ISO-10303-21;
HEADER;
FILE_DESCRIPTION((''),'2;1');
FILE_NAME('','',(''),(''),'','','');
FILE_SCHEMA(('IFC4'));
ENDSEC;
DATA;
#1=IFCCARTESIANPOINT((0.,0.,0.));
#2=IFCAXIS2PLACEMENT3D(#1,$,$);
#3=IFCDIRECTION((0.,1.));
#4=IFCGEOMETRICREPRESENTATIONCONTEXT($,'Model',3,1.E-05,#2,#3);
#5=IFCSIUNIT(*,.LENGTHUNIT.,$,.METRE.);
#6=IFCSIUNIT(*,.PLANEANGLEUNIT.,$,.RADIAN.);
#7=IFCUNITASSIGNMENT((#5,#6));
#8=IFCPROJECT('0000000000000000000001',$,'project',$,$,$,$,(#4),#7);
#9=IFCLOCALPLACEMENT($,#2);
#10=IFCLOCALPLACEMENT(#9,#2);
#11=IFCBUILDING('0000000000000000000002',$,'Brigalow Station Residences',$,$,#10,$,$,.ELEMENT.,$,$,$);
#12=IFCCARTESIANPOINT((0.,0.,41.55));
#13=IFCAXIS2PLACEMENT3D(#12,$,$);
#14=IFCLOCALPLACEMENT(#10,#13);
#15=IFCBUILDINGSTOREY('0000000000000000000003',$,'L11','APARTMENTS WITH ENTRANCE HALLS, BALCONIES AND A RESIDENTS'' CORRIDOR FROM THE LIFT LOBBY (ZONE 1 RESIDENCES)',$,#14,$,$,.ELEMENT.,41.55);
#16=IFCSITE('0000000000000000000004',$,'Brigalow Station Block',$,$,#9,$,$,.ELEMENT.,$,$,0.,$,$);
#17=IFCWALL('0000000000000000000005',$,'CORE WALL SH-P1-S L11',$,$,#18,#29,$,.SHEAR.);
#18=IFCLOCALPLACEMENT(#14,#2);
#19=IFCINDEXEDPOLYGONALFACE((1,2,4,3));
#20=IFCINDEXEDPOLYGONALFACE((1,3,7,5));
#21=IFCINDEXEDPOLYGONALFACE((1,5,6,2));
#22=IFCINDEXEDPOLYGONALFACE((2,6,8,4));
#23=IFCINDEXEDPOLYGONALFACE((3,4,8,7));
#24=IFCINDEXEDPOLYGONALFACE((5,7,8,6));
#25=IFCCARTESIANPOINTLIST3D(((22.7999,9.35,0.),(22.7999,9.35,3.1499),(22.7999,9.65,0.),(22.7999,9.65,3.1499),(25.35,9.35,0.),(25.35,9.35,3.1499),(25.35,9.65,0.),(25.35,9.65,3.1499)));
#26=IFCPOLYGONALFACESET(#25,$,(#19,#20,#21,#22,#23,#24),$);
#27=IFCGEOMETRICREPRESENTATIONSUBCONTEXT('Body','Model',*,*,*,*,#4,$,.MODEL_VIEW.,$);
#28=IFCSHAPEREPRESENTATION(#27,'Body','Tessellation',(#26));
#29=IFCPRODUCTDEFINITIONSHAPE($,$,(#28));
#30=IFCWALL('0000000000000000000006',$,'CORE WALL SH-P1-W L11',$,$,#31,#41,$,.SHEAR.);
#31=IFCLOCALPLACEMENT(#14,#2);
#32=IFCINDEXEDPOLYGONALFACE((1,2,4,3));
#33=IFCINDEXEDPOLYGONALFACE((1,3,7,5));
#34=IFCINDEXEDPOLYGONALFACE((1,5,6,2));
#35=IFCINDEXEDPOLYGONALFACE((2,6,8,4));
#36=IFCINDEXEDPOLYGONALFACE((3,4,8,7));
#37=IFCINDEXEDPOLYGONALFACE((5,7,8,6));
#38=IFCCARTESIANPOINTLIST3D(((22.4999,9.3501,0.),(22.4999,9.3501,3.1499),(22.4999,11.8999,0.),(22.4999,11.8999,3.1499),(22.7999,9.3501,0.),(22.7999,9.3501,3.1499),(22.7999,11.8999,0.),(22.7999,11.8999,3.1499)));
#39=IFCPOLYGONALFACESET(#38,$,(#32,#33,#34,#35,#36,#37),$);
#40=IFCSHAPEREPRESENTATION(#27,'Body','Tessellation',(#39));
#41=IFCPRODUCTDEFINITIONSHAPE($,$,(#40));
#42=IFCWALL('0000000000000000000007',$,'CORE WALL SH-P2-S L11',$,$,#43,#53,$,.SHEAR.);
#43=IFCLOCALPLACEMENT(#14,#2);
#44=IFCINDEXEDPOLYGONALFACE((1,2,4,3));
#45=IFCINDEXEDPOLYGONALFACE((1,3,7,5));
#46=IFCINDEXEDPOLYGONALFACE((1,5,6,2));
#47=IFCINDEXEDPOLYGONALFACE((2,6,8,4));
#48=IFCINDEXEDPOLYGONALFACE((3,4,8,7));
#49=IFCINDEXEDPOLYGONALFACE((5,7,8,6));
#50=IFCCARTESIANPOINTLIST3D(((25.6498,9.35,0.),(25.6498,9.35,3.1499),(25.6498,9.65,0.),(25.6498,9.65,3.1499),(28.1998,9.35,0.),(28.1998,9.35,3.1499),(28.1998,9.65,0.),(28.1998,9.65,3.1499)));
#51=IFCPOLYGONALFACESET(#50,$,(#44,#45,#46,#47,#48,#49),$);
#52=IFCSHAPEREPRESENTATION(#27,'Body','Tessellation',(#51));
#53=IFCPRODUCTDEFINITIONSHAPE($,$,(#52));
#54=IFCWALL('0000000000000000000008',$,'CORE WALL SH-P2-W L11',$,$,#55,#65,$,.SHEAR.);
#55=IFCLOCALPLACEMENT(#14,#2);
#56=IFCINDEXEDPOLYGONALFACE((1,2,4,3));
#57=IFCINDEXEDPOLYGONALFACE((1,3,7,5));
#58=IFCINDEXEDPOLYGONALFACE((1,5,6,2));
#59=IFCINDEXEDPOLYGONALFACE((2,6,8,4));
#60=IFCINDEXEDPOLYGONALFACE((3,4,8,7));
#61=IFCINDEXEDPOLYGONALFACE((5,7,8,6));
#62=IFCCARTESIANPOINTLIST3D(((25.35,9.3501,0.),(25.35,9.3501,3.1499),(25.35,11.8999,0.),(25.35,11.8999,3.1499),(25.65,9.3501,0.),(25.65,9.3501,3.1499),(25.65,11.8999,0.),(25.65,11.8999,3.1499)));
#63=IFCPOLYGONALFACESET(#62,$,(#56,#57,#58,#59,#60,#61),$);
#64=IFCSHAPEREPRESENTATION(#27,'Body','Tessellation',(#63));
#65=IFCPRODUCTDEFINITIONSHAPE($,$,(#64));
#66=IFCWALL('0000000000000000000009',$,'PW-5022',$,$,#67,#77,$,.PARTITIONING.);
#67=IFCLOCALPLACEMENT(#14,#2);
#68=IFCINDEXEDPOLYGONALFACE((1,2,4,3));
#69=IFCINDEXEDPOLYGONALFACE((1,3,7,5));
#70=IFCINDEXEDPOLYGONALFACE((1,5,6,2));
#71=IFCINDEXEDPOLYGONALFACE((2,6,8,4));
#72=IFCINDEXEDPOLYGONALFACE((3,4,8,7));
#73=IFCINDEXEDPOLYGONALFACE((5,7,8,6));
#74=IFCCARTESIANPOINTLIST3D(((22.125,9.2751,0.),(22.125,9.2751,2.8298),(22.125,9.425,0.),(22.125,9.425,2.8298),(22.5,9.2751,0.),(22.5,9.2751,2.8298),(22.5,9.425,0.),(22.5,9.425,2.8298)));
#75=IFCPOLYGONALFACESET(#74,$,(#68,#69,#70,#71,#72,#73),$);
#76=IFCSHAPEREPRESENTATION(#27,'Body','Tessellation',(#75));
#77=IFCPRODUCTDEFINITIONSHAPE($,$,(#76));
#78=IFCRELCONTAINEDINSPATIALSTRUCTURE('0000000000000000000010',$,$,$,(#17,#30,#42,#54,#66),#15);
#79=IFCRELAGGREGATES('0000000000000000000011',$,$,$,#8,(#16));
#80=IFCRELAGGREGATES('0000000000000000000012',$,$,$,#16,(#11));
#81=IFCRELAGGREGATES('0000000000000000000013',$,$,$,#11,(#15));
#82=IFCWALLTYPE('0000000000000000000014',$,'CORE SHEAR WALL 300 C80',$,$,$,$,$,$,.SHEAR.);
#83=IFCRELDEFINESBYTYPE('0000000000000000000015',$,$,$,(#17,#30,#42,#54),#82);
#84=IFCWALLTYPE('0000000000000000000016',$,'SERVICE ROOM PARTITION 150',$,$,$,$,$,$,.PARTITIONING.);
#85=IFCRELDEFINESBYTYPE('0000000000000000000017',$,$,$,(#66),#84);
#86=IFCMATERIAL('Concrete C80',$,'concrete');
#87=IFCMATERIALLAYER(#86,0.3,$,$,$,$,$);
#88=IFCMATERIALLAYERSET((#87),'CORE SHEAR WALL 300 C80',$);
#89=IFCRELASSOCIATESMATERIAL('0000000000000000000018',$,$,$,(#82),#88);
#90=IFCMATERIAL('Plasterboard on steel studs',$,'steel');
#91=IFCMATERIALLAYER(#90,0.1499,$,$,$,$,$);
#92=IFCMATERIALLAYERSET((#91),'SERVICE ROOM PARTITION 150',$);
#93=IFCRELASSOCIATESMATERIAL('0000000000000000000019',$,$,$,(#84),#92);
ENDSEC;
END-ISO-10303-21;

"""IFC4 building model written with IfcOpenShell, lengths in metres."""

from ifc_helpers import new_model, si_unit, direction, frame, frame_2d, origin, place, context, subcontext, project, spatial, rectangle, extrude, material, layer, layer_set, type_object, element, save


model = new_model("IFC4")

# Units and contexts
model_context = context("Model", 3, precision=1e-05, world=origin(), true_north=direction((0.0, 1.0)))
body_context = subcontext(model_context, "Body", "Model", "MODEL_VIEW")
ifc_project = project(units=[si_unit("LENGTHUNIT", "METRE"), si_unit("PLANEANGLEUNIT", "RADIAN")], contexts=[model_context])

# Site, building, storey
site_placement = place(None, origin())
site = spatial("IfcSite", under=ifc_project, at=site_placement, Name="Brigalow Station Block", CompositionType="ELEMENT", RefElevation=0.0)
building_placement = place(site_placement, origin())
building = spatial("IfcBuilding", under=site, at=building_placement, Name="Brigalow Station Residences", CompositionType="ELEMENT")
storey_placement = place(building_placement, frame((0.0, 0.0, 41.55)))
storey = spatial("IfcBuildingStorey", under=building, at=storey_placement, Name="L11", Description="APARTMENTS WITH ENTRANCE HALLS, BALCONIES AND A RESIDENTS' CORRIDOR FROM THE LIFT LOBBY (ZONE 1 RESIDENCES)", CompositionType="ELEMENT", Elevation=41.55)

# Walls
ifc_material_1 = material(Name="Concrete C80", Category="concrete")
ifc_layer_1 = layer(ifc_material_1, 0.3)
ifc_layer_set_1 = layer_set([ifc_layer_1], Name="CORE SHEAR WALL 300 C80")
wall_type_1 = type_object("IfcWallType", Name="CORE SHEAR WALL 300 C80", PredefinedType="SHEAR", material=ifc_layer_set_1)
wall_1_placement = place(storey_placement, frame((22.8, 9.5, 0.0), z_axis=(0.0, 0.0, 1.0), x_axis=(1.0, 0.0, 0.0)))
element("IfcWall", 1, at=wall_1_placement, inside=storey, type_object=wall_type_1, Name="CORE WALL SH-P1-S L11", PredefinedType="SHEAR", context=body_context, shape_type="SweptSolid", body=[
    extrude(rectangle(XDim=2.55, YDim=0.3, at=frame_2d((1.2749, 0.0))), origin(), (0.0, 0.0, 1.0), 3.1499),
])
wall_2_placement = place(storey_placement, frame((22.6499, 9.3501, 0.0), z_axis=(0.0, 0.0, 1.0), x_axis=(0.0, 1.0, 0.0)))
element("IfcWall", 2, at=wall_2_placement, inside=storey, type_object=wall_type_1, Name="CORE WALL SH-P1-W L11", PredefinedType="SHEAR", context=body_context, shape_type="SweptSolid", body=[
    extrude(rectangle(XDim=2.5498, YDim=0.3, at=frame_2d((1.2749, 0.0))), origin(), (0.0, 0.0, 1.0), 3.1499),
])
wall_3_placement = place(storey_placement, frame((25.6499, 9.5, 0.0), z_axis=(0.0, 0.0, 1.0), x_axis=(1.0, 0.0, 0.0)))
element("IfcWall", 3, at=wall_3_placement, inside=storey, type_object=wall_type_1, Name="CORE WALL SH-P2-S L11", PredefinedType="SHEAR", context=body_context, shape_type="SweptSolid", body=[
    extrude(rectangle(XDim=2.55, YDim=0.3, at=frame_2d((1.2749, 0.0))), origin(), (0.0, 0.0, 1.0), 3.1499),
])
wall_4_placement = place(storey_placement, frame((25.5, 9.3501, 0.0), z_axis=(0.0, 0.0, 1.0), x_axis=(0.0, 1.0, 0.0)))
element("IfcWall", 4, at=wall_4_placement, inside=storey, type_object=wall_type_1, Name="CORE WALL SH-P2-W L11", PredefinedType="SHEAR", context=body_context, shape_type="SweptSolid", body=[
    extrude(rectangle(XDim=2.5498, YDim=0.3, at=frame_2d((1.2749, 0.0))), origin(), (0.0, 0.0, 1.0), 3.1499),
])

# Wall
ifc_material_2 = material(Name="Plasterboard on steel studs", Category="steel")
ifc_layer_2 = layer(ifc_material_2, 0.1499)
ifc_layer_set_2 = layer_set([ifc_layer_2], Name="SERVICE ROOM PARTITION 150")
wall_type_2 = type_object("IfcWallType", Name="SERVICE ROOM PARTITION 150", PredefinedType="PARTITIONING", material=ifc_layer_set_2)
wall_5_placement = place(storey_placement, frame((22.125, 9.3501, 0.0), z_axis=(0.0, 0.0, 1.0), x_axis=(1.0, 0.0, 0.0)))
element("IfcWall", 5, at=wall_5_placement, inside=storey, type_object=wall_type_2, Name="PW-5022", PredefinedType="PARTITIONING", context=body_context, shape_type="SweptSolid", body=[
    extrude(rectangle(XDim=0.375, YDim=0.1499, at=frame_2d((0.1875, 0.0))), origin(), (0.0, 0.0, 1.0), 2.8298),
])

save(model, "model.ifc")
